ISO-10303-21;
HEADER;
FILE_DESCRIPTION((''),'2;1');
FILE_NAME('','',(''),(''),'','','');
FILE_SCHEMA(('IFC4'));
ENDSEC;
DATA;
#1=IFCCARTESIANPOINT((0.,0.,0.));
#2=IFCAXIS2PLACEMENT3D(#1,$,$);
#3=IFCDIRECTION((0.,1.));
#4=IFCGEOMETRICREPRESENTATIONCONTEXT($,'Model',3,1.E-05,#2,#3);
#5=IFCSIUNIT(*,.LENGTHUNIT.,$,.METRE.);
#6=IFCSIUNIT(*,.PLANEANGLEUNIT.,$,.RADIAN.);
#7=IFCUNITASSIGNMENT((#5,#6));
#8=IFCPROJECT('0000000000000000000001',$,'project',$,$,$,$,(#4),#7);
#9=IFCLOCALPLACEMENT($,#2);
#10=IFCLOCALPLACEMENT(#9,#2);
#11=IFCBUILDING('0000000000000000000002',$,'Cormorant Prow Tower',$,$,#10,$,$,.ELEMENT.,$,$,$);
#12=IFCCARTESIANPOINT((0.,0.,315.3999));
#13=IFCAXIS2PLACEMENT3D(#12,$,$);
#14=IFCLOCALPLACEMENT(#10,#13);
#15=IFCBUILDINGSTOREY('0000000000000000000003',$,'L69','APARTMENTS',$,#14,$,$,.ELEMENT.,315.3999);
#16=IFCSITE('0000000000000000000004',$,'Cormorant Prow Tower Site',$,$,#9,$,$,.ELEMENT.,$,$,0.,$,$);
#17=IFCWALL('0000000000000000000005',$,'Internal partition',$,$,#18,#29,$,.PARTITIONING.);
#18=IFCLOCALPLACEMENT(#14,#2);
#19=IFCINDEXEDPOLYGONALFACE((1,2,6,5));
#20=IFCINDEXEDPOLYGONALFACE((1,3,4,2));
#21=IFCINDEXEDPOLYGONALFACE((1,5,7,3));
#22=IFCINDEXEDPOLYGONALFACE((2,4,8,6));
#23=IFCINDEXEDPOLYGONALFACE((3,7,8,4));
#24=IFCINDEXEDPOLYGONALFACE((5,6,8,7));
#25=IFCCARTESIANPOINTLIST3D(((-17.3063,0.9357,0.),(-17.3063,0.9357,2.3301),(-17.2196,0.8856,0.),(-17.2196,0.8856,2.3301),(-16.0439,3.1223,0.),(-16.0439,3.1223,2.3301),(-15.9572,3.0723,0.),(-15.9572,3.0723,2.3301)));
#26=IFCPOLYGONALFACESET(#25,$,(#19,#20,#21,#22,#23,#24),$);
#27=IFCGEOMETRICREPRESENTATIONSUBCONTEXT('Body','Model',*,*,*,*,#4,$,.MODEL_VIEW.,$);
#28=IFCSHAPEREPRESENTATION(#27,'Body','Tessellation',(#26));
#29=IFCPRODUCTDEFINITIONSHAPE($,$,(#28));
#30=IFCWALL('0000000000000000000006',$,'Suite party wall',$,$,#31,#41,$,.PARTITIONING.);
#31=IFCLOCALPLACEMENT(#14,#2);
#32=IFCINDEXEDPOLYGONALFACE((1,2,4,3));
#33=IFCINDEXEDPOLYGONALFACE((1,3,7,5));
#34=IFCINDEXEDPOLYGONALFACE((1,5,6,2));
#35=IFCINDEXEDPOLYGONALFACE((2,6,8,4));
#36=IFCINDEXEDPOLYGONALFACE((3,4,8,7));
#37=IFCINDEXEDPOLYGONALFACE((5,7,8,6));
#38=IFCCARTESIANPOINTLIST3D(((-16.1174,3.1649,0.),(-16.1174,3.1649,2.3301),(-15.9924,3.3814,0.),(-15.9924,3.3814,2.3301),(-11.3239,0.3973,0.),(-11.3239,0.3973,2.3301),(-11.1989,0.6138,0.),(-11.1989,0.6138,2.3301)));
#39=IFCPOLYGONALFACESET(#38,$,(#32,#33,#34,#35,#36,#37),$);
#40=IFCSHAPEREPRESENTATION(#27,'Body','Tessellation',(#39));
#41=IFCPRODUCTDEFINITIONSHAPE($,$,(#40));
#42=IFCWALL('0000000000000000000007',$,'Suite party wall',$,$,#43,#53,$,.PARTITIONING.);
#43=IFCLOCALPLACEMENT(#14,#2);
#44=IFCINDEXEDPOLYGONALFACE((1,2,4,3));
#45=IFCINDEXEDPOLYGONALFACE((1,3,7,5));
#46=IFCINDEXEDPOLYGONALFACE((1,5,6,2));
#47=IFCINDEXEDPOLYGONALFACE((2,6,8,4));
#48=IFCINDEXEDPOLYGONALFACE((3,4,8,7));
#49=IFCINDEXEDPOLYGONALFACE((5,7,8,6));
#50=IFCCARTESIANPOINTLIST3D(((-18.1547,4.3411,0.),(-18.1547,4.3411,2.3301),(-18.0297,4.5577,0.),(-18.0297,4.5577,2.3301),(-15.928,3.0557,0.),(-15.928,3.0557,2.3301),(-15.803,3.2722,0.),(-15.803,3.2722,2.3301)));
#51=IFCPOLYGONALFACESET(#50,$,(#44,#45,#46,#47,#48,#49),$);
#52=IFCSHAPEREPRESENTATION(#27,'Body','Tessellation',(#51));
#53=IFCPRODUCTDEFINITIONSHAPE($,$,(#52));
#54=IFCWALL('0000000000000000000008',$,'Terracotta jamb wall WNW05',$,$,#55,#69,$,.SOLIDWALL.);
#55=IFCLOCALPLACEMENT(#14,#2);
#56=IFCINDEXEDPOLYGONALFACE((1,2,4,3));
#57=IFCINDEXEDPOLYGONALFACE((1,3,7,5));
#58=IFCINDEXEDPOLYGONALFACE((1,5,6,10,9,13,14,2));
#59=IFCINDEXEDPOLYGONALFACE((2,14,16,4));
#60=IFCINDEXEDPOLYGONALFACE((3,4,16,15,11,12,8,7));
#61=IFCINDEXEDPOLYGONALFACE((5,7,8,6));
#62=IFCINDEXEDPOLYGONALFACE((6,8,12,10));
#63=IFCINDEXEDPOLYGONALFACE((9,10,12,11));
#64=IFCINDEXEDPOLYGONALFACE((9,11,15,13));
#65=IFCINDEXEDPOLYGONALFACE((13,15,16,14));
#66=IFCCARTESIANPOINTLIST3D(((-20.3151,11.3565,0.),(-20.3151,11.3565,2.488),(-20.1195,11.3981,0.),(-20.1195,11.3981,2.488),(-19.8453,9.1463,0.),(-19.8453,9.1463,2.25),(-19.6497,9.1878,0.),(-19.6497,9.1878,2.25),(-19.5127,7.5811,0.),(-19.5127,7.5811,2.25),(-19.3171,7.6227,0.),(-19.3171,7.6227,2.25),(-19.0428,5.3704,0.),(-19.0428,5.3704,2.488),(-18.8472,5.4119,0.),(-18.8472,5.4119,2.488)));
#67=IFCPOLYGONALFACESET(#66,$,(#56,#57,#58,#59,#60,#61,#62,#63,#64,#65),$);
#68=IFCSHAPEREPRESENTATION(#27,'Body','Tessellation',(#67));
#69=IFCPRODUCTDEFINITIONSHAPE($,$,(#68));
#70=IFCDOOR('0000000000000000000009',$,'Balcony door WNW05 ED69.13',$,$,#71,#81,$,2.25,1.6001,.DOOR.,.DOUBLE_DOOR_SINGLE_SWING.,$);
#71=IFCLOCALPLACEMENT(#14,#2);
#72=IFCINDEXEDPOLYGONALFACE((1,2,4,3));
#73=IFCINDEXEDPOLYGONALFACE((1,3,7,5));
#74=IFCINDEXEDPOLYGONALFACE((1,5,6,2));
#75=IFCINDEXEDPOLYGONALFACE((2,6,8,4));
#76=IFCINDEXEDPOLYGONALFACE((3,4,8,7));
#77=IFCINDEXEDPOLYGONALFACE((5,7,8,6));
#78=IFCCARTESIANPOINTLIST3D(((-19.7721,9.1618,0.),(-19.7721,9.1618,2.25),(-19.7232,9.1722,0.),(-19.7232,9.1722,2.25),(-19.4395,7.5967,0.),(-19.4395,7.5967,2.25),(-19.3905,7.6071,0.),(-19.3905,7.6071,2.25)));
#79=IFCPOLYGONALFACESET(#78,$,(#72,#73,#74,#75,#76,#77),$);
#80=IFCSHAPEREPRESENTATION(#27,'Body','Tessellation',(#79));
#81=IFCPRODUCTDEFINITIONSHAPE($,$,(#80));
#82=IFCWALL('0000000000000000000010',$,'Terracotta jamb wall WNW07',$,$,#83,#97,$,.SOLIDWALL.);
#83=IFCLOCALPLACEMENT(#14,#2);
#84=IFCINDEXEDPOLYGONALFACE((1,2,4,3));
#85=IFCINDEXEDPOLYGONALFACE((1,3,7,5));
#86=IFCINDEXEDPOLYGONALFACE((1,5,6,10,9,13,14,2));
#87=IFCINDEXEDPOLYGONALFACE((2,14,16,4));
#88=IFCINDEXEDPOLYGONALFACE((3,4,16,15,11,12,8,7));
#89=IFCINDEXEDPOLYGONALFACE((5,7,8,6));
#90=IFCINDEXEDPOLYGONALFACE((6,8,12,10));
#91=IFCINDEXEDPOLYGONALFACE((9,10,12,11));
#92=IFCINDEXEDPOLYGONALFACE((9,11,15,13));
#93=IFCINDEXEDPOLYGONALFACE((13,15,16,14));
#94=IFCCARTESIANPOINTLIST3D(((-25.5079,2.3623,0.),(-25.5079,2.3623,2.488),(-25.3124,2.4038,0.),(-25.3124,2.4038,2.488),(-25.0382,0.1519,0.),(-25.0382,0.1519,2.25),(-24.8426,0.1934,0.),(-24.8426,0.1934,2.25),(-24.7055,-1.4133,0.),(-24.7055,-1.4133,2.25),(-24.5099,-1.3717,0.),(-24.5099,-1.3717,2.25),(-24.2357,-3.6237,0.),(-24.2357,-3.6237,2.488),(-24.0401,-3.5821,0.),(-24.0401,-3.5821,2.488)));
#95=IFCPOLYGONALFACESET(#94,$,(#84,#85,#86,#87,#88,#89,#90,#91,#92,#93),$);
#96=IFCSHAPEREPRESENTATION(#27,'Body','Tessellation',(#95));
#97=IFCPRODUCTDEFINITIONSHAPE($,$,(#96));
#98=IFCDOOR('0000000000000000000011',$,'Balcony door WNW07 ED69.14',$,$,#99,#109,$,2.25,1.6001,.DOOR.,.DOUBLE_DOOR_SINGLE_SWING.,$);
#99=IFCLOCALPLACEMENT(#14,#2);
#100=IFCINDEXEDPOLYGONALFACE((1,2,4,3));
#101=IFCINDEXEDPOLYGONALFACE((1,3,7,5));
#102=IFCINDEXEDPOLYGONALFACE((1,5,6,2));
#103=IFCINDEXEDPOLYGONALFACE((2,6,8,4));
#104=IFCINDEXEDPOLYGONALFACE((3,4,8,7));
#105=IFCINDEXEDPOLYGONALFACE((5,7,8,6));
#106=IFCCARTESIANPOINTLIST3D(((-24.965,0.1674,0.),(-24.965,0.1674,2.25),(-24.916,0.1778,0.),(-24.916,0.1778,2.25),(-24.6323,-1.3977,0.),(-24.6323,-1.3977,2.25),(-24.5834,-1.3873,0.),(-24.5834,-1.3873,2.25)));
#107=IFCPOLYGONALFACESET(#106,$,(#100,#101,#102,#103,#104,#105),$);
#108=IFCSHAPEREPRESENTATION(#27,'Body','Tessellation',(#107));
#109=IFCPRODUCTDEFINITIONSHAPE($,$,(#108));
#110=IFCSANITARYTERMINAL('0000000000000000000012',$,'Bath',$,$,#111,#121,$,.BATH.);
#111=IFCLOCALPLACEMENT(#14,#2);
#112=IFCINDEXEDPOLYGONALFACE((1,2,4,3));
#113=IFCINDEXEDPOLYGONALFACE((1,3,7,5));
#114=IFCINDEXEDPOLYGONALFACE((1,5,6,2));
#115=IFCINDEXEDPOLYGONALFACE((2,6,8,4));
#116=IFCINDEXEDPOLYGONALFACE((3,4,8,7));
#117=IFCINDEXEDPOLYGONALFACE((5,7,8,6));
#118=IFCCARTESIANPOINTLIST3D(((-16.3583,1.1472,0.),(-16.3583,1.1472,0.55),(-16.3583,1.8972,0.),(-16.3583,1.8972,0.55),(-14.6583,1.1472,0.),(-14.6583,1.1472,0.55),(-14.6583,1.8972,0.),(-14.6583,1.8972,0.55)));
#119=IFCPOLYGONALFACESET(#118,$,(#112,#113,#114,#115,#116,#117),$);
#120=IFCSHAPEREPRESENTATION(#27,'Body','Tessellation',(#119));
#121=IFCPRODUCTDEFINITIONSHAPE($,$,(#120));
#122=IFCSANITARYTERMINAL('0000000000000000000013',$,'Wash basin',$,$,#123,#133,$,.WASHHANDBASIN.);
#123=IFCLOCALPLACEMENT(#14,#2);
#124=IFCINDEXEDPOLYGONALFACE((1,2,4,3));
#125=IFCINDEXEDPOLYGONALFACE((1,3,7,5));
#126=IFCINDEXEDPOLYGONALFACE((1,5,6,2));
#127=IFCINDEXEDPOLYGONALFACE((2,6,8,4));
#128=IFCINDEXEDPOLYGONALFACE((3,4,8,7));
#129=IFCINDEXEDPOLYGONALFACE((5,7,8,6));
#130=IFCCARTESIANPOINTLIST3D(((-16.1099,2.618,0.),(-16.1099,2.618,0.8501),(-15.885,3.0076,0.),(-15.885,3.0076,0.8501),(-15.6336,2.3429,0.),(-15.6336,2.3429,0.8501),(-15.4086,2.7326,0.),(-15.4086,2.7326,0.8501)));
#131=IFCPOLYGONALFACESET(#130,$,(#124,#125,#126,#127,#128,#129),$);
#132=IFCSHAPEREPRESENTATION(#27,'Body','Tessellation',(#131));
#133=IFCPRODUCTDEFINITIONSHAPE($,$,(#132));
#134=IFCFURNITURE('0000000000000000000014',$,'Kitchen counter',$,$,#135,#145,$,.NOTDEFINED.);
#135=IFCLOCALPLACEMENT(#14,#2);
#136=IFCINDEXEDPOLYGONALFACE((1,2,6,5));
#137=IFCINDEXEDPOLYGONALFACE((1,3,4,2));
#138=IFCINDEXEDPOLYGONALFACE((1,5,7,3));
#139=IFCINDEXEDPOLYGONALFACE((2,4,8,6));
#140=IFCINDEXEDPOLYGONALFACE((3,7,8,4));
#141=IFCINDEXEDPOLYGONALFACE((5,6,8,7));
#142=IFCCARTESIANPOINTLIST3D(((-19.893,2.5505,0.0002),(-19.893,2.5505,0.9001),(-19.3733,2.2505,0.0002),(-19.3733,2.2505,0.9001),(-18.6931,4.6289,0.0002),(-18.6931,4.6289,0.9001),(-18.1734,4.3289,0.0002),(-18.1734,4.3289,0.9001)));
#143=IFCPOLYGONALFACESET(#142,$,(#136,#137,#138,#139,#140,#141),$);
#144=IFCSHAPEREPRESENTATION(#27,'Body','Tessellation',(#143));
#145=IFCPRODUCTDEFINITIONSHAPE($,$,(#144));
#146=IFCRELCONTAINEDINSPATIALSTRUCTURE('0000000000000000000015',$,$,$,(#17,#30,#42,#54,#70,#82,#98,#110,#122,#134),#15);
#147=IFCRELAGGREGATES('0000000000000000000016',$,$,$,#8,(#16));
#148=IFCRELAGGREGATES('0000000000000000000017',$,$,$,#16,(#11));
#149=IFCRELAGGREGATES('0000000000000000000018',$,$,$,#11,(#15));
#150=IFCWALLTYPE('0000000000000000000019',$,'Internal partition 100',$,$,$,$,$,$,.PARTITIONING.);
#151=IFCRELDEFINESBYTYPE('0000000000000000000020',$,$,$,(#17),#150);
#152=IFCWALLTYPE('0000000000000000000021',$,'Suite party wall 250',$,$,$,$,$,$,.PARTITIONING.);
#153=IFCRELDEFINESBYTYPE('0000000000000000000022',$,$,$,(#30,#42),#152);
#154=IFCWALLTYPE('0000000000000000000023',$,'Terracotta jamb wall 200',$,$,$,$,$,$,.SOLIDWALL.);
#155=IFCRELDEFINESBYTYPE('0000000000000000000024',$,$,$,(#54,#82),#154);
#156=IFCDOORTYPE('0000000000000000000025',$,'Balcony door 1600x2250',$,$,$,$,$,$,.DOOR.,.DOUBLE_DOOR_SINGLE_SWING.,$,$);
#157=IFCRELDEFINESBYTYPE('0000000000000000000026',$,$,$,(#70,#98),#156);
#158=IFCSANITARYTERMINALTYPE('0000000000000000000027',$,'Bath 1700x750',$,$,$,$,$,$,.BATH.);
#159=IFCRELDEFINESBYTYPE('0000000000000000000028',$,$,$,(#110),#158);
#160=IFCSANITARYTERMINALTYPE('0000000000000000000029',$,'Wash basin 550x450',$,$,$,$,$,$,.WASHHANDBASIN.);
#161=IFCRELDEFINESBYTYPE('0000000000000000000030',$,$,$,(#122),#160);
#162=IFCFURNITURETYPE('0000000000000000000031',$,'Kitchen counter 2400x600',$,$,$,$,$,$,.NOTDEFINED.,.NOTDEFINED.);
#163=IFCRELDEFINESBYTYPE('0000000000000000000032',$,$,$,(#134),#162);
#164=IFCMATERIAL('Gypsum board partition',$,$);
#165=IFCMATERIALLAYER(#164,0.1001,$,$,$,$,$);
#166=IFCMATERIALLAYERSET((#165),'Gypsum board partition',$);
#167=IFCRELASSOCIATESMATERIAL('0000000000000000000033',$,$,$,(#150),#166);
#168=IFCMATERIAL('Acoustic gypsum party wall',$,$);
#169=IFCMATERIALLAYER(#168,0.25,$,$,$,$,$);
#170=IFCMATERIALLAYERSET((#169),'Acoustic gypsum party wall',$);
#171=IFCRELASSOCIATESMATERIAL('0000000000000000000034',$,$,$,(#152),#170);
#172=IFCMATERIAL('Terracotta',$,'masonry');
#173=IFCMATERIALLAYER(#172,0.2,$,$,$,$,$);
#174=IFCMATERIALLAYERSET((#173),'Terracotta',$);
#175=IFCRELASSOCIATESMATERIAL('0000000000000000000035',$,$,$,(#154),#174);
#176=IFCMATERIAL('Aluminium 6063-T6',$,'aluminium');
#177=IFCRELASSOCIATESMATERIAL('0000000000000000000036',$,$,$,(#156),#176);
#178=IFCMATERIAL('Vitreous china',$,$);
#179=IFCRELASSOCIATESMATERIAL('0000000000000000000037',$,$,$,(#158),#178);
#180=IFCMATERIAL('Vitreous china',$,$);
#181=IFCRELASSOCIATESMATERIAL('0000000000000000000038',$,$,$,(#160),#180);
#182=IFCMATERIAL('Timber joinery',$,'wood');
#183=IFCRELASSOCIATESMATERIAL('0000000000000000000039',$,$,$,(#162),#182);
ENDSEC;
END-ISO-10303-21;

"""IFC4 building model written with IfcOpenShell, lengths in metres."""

from ifc_helpers import new_model, si_unit, direction, frame, frame_2d, origin, origin_2d, place, context, subcontext, project, spatial, rectangle, extrude, material, layer, layer_set, type_object, element, fill, save


model = new_model("IFC4")

# Units and contexts
model_context = context("Model", 3, precision=1e-05, world=origin(), true_north=direction((0.0, 1.0)))
body_context = subcontext(model_context, "Body", "Model", "MODEL_VIEW")
ifc_project = project(units=[si_unit("LENGTHUNIT", "METRE"), si_unit("PLANEANGLEUNIT", "RADIAN")], contexts=[model_context])

# Site, building, storey
site_placement = place(None, origin())
site = spatial("IfcSite", under=ifc_project, at=site_placement, Name="Cormorant Prow Tower Site", CompositionType="ELEMENT", RefElevation=0.0)
building_placement = place(site_placement, origin())
building = spatial("IfcBuilding", under=site, at=building_placement, Name="Cormorant Prow Tower", CompositionType="ELEMENT")
storey_placement = place(building_placement, frame((0.0, 0.0, 315.3999)))
storey = spatial("IfcBuildingStorey", under=building, at=storey_placement, Name="L69", Description="APARTMENTS", CompositionType="ELEMENT", Elevation=315.3999)

# Shared definitions
ifc_material_1 = material(Name="Gypsum board partition")
ifc_layer_1 = layer(ifc_material_1, 0.1001)
ifc_layer_set_1 = layer_set([ifc_layer_1], Name="Gypsum board partition")
wall_type_1 = type_object("IfcWallType", Name="Internal partition 100", PredefinedType="PARTITIONING", material=ifc_layer_set_1)

# Walls
for number, where, z_axis, x_axis, name in (
    (1, (-17.2629, 0.9106, 0.0), (0.0, 0.0, 1.0), (0.499976, 0.866039, 0.0), "Internal partition"),
):
    element("IfcWall", number, at=place(storey_placement, frame(where, z_axis=z_axis, x_axis=x_axis)), inside=storey, type_object=wall_type_1, Name=name, PredefinedType="PARTITIONING", context=body_context, shape_type="SweptSolid", body=[
        extrude(rectangle(XDim=2.5249, YDim=0.1001, at=frame_2d((1.2625, 0.0))), origin(), (0.0, 0.0, 1.0), 2.3301),
    ])
ifc_material_2 = material(Name="Acoustic gypsum party wall")
ifc_layer_2 = layer(ifc_material_2, 0.25)
ifc_layer_set_2 = layer_set([ifc_layer_2], Name="Acoustic gypsum party wall")
wall_type_2 = type_object("IfcWallType", Name="Suite party wall 250", PredefinedType="PARTITIONING", material=ifc_layer_set_2)
wall_1_placement = place(storey_placement, frame((-16.0549, 3.2732, 0.0), z_axis=(0.0, 0.0, 1.0), x_axis=(0.86602, -0.50001, 0.0)))
element("IfcWall", 2, at=wall_1_placement, inside=storey, type_object=wall_type_2, Name="Suite party wall", PredefinedType="PARTITIONING", context=body_context, shape_type="SweptSolid", body=[
    extrude(rectangle(XDim=5.5352, YDim=0.25, at=frame_2d((2.7676, 0.0))), origin(), (0.0, 0.0, 1.0), 2.3301),
])
wall_2_placement = place(storey_placement, frame((-18.0923, 4.4495, 0.0), z_axis=(0.0, 0.0, 1.0), x_axis=(0.866043, -0.499969, 0.0)))
element("IfcWall", 3, at=wall_2_placement, inside=storey, type_object=wall_type_2, Name="Suite party wall", PredefinedType="PARTITIONING", context=body_context, shape_type="SweptSolid", body=[
    extrude(rectangle(XDim=2.571, YDim=0.25, at=frame_2d((1.2856, 0.0))), origin(), (0.0, 0.0, 1.0), 2.3301),
])

# Walls, openings, doors
ifc_material_3 = material(Name="Terracotta", Category="masonry")
ifc_layer_3 = layer(ifc_material_3, 0.2)
ifc_layer_set_3 = layer_set([ifc_layer_3], Name="Terracotta")
wall_type_3 = type_object("IfcWallType", Name="Terracotta jamb wall 200", PredefinedType="SOLIDWALL", material=ifc_layer_set_3)
wall_3_placement = place(storey_placement, frame((-20.2173, 11.3774, 0.0), z_axis=(0.0, 0.0, 1.0), x_axis=(0.207886, -0.978153, 0.0)))
wall_3 = element("IfcWall", 4, at=wall_3_placement, inside=storey, type_object=wall_type_3, Name="Terracotta jamb wall WNW05", PredefinedType="SOLIDWALL", context=body_context, shape_type="SweptSolid", body=[
    extrude(rectangle(XDim=6.1199, YDim=0.2, at=frame_2d((3.0601, 0.0))), origin(), (0.0, 0.0, 1.0), 2.488),
])
opening_1_placement = place(wall_3_placement, frame((2.2598, 0.0, 0.0)))
opening_1 = element("IfcOpeningElement", 5, at=opening_1_placement, cuts=wall_3, PredefinedType="OPENING", context=body_context, shape_type="SweptSolid", body=[
    extrude(rectangle(XDim=1.6001, YDim=2.25, at=frame_2d((0.8, 1.125))), frame((0.0, 0.1099, 0.0), z_axis=(0.0, -1.0, 0.0), x_axis=(1.0, 0.0, 0.0)), (0.0, 0.0, 1.0), 0.22),
])
ifc_material_4 = material(Name="Aluminium 6063-T6", Category="aluminium")
door_type_1 = type_object("IfcDoorType", Name="Balcony door 1600x2250", OperationType="DOUBLE_DOOR_SINGLE_SWING", PredefinedType="DOOR", material=ifc_material_4)
door_1_placement = place(opening_1_placement, origin())
door_1 = element("IfcDoor", 6, at=door_1_placement, inside=storey, type_object=door_type_1, Name="Balcony door WNW05 ED69.13", OperationType="DOUBLE_DOOR_SINGLE_SWING", OverallHeight=2.25, OverallWidth=1.6001, PredefinedType="DOOR", context=body_context, shape_type="SweptSolid", body=[
    extrude(rectangle(XDim=1.6001, YDim=2.25, at=frame_2d((0.8, 1.125))), frame((0.0, 0.0249, 0.0), z_axis=(0.0, -1.0, 0.0), x_axis=(1.0, 0.0, 0.0)), (0.0, 0.0, 1.0), 0.05),
])
fill(opening_1, door_1)
wall_4_placement = place(storey_placement, frame((-25.4102, 2.3831, 0.0), z_axis=(0.0, 0.0, 1.0), x_axis=(0.207894, -0.978151, 0.0)))
wall_4 = element("IfcWall", 7, at=wall_4_placement, inside=storey, type_object=wall_type_3, Name="Terracotta jamb wall WNW07", PredefinedType="SOLIDWALL", context=body_context, shape_type="SweptSolid", body=[
    extrude(rectangle(XDim=6.1196, YDim=0.2, at=frame_2d((3.0598, 0.0))), origin(), (0.0, 0.0, 1.0), 2.488),
])
opening_2_placement = place(wall_4_placement, frame((2.2598, 0.0, 0.0)))
opening_2 = element("IfcOpeningElement", 8, at=opening_2_placement, cuts=wall_4, PredefinedType="OPENING", context=body_context, shape_type="SweptSolid", body=[
    extrude(rectangle(XDim=1.6001, YDim=2.25, at=frame_2d((0.8, 1.125))), frame((0.0, 0.1099, 0.0), z_axis=(0.0, -1.0, 0.0), x_axis=(1.0, 0.0, 0.0)), (0.0, 0.0, 1.0), 0.22),
])
door_2_placement = place(opening_2_placement, origin())
door_2 = element("IfcDoor", 9, at=door_2_placement, inside=storey, type_object=door_type_1, Name="Balcony door WNW07 ED69.14", OperationType="DOUBLE_DOOR_SINGLE_SWING", OverallHeight=2.25, OverallWidth=1.6001, PredefinedType="DOOR", context=body_context, shape_type="SweptSolid", body=[
    extrude(rectangle(XDim=1.6001, YDim=2.25, at=frame_2d((0.8, 1.125))), frame((0.0, 0.0249, 0.0), z_axis=(0.0, -1.0, 0.0), x_axis=(1.0, 0.0, 0.0)), (0.0, 0.0, 1.0), 0.05),
])
fill(opening_2, door_2)

# Sanitary terminals
ifc_material_5 = material(Name="Vitreous china")
sanitary_terminal_type_1 = type_object("IfcSanitaryTerminalType", Name="Bath 1700x750", PredefinedType="BATH", material=ifc_material_5)
sanitary_terminal_1_placement = place(storey_placement, frame((-15.5083, 1.5222, 0.0), z_axis=(0.0, 0.0, 1.0), x_axis=(1.0, 0.0, 0.0)))
element("IfcSanitaryTerminal", 10, at=sanitary_terminal_1_placement, inside=storey, type_object=sanitary_terminal_type_1, Name="Bath", PredefinedType="BATH", context=body_context, shape_type="SweptSolid", body=[
    extrude(rectangle(XDim=1.7, YDim=0.75, at=origin_2d()), origin(), (0.0, 0.0, 1.0), 0.55),
])
ifc_material_6 = material(Name="Vitreous china")
sanitary_terminal_type_2 = type_object("IfcSanitaryTerminalType", Name="Wash basin 550x450", PredefinedType="WASHHANDBASIN", material=ifc_material_6)
sanitary_terminal_2_placement = place(storey_placement, frame((-15.7593, 2.6753, 0.0), z_axis=(0.0, 0.0, 1.0), x_axis=(0.866025, -0.5, 0.0)))
element("IfcSanitaryTerminal", 11, at=sanitary_terminal_2_placement, inside=storey, type_object=sanitary_terminal_type_2, Name="Wash basin", PredefinedType="WASHHANDBASIN", context=body_context, shape_type="SweptSolid", body=[
    extrude(rectangle(XDim=0.55, YDim=0.45, at=origin_2d()), origin(), (0.0, 0.0, 1.0), 0.8501),
])

# Furniture
ifc_material_7 = material(Name="Timber joinery", Category="wood")
furniture_type = type_object("IfcFurnitureType", Name="Kitchen counter 2400x600", AssemblyPlace="NOTDEFINED", PredefinedType="NOTDEFINED", material=ifc_material_7)
furniture_placement = place(storey_placement, frame((-19.0332, 3.4397, 0.0002), z_axis=(0.0, 0.0, 1.0), x_axis=(-0.5, -0.866025, 0.0)))
element("IfcFurniture", 12, at=furniture_placement, inside=storey, type_object=furniture_type, Name="Kitchen counter", PredefinedType="NOTDEFINED", context=body_context, shape_type="SweptSolid", body=[
    extrude(rectangle(XDim=2.3999, YDim=0.6001, at=origin_2d()), origin(), (0.0, 0.0, 1.0), 0.8999),
])

save(model, "model.ifc")
